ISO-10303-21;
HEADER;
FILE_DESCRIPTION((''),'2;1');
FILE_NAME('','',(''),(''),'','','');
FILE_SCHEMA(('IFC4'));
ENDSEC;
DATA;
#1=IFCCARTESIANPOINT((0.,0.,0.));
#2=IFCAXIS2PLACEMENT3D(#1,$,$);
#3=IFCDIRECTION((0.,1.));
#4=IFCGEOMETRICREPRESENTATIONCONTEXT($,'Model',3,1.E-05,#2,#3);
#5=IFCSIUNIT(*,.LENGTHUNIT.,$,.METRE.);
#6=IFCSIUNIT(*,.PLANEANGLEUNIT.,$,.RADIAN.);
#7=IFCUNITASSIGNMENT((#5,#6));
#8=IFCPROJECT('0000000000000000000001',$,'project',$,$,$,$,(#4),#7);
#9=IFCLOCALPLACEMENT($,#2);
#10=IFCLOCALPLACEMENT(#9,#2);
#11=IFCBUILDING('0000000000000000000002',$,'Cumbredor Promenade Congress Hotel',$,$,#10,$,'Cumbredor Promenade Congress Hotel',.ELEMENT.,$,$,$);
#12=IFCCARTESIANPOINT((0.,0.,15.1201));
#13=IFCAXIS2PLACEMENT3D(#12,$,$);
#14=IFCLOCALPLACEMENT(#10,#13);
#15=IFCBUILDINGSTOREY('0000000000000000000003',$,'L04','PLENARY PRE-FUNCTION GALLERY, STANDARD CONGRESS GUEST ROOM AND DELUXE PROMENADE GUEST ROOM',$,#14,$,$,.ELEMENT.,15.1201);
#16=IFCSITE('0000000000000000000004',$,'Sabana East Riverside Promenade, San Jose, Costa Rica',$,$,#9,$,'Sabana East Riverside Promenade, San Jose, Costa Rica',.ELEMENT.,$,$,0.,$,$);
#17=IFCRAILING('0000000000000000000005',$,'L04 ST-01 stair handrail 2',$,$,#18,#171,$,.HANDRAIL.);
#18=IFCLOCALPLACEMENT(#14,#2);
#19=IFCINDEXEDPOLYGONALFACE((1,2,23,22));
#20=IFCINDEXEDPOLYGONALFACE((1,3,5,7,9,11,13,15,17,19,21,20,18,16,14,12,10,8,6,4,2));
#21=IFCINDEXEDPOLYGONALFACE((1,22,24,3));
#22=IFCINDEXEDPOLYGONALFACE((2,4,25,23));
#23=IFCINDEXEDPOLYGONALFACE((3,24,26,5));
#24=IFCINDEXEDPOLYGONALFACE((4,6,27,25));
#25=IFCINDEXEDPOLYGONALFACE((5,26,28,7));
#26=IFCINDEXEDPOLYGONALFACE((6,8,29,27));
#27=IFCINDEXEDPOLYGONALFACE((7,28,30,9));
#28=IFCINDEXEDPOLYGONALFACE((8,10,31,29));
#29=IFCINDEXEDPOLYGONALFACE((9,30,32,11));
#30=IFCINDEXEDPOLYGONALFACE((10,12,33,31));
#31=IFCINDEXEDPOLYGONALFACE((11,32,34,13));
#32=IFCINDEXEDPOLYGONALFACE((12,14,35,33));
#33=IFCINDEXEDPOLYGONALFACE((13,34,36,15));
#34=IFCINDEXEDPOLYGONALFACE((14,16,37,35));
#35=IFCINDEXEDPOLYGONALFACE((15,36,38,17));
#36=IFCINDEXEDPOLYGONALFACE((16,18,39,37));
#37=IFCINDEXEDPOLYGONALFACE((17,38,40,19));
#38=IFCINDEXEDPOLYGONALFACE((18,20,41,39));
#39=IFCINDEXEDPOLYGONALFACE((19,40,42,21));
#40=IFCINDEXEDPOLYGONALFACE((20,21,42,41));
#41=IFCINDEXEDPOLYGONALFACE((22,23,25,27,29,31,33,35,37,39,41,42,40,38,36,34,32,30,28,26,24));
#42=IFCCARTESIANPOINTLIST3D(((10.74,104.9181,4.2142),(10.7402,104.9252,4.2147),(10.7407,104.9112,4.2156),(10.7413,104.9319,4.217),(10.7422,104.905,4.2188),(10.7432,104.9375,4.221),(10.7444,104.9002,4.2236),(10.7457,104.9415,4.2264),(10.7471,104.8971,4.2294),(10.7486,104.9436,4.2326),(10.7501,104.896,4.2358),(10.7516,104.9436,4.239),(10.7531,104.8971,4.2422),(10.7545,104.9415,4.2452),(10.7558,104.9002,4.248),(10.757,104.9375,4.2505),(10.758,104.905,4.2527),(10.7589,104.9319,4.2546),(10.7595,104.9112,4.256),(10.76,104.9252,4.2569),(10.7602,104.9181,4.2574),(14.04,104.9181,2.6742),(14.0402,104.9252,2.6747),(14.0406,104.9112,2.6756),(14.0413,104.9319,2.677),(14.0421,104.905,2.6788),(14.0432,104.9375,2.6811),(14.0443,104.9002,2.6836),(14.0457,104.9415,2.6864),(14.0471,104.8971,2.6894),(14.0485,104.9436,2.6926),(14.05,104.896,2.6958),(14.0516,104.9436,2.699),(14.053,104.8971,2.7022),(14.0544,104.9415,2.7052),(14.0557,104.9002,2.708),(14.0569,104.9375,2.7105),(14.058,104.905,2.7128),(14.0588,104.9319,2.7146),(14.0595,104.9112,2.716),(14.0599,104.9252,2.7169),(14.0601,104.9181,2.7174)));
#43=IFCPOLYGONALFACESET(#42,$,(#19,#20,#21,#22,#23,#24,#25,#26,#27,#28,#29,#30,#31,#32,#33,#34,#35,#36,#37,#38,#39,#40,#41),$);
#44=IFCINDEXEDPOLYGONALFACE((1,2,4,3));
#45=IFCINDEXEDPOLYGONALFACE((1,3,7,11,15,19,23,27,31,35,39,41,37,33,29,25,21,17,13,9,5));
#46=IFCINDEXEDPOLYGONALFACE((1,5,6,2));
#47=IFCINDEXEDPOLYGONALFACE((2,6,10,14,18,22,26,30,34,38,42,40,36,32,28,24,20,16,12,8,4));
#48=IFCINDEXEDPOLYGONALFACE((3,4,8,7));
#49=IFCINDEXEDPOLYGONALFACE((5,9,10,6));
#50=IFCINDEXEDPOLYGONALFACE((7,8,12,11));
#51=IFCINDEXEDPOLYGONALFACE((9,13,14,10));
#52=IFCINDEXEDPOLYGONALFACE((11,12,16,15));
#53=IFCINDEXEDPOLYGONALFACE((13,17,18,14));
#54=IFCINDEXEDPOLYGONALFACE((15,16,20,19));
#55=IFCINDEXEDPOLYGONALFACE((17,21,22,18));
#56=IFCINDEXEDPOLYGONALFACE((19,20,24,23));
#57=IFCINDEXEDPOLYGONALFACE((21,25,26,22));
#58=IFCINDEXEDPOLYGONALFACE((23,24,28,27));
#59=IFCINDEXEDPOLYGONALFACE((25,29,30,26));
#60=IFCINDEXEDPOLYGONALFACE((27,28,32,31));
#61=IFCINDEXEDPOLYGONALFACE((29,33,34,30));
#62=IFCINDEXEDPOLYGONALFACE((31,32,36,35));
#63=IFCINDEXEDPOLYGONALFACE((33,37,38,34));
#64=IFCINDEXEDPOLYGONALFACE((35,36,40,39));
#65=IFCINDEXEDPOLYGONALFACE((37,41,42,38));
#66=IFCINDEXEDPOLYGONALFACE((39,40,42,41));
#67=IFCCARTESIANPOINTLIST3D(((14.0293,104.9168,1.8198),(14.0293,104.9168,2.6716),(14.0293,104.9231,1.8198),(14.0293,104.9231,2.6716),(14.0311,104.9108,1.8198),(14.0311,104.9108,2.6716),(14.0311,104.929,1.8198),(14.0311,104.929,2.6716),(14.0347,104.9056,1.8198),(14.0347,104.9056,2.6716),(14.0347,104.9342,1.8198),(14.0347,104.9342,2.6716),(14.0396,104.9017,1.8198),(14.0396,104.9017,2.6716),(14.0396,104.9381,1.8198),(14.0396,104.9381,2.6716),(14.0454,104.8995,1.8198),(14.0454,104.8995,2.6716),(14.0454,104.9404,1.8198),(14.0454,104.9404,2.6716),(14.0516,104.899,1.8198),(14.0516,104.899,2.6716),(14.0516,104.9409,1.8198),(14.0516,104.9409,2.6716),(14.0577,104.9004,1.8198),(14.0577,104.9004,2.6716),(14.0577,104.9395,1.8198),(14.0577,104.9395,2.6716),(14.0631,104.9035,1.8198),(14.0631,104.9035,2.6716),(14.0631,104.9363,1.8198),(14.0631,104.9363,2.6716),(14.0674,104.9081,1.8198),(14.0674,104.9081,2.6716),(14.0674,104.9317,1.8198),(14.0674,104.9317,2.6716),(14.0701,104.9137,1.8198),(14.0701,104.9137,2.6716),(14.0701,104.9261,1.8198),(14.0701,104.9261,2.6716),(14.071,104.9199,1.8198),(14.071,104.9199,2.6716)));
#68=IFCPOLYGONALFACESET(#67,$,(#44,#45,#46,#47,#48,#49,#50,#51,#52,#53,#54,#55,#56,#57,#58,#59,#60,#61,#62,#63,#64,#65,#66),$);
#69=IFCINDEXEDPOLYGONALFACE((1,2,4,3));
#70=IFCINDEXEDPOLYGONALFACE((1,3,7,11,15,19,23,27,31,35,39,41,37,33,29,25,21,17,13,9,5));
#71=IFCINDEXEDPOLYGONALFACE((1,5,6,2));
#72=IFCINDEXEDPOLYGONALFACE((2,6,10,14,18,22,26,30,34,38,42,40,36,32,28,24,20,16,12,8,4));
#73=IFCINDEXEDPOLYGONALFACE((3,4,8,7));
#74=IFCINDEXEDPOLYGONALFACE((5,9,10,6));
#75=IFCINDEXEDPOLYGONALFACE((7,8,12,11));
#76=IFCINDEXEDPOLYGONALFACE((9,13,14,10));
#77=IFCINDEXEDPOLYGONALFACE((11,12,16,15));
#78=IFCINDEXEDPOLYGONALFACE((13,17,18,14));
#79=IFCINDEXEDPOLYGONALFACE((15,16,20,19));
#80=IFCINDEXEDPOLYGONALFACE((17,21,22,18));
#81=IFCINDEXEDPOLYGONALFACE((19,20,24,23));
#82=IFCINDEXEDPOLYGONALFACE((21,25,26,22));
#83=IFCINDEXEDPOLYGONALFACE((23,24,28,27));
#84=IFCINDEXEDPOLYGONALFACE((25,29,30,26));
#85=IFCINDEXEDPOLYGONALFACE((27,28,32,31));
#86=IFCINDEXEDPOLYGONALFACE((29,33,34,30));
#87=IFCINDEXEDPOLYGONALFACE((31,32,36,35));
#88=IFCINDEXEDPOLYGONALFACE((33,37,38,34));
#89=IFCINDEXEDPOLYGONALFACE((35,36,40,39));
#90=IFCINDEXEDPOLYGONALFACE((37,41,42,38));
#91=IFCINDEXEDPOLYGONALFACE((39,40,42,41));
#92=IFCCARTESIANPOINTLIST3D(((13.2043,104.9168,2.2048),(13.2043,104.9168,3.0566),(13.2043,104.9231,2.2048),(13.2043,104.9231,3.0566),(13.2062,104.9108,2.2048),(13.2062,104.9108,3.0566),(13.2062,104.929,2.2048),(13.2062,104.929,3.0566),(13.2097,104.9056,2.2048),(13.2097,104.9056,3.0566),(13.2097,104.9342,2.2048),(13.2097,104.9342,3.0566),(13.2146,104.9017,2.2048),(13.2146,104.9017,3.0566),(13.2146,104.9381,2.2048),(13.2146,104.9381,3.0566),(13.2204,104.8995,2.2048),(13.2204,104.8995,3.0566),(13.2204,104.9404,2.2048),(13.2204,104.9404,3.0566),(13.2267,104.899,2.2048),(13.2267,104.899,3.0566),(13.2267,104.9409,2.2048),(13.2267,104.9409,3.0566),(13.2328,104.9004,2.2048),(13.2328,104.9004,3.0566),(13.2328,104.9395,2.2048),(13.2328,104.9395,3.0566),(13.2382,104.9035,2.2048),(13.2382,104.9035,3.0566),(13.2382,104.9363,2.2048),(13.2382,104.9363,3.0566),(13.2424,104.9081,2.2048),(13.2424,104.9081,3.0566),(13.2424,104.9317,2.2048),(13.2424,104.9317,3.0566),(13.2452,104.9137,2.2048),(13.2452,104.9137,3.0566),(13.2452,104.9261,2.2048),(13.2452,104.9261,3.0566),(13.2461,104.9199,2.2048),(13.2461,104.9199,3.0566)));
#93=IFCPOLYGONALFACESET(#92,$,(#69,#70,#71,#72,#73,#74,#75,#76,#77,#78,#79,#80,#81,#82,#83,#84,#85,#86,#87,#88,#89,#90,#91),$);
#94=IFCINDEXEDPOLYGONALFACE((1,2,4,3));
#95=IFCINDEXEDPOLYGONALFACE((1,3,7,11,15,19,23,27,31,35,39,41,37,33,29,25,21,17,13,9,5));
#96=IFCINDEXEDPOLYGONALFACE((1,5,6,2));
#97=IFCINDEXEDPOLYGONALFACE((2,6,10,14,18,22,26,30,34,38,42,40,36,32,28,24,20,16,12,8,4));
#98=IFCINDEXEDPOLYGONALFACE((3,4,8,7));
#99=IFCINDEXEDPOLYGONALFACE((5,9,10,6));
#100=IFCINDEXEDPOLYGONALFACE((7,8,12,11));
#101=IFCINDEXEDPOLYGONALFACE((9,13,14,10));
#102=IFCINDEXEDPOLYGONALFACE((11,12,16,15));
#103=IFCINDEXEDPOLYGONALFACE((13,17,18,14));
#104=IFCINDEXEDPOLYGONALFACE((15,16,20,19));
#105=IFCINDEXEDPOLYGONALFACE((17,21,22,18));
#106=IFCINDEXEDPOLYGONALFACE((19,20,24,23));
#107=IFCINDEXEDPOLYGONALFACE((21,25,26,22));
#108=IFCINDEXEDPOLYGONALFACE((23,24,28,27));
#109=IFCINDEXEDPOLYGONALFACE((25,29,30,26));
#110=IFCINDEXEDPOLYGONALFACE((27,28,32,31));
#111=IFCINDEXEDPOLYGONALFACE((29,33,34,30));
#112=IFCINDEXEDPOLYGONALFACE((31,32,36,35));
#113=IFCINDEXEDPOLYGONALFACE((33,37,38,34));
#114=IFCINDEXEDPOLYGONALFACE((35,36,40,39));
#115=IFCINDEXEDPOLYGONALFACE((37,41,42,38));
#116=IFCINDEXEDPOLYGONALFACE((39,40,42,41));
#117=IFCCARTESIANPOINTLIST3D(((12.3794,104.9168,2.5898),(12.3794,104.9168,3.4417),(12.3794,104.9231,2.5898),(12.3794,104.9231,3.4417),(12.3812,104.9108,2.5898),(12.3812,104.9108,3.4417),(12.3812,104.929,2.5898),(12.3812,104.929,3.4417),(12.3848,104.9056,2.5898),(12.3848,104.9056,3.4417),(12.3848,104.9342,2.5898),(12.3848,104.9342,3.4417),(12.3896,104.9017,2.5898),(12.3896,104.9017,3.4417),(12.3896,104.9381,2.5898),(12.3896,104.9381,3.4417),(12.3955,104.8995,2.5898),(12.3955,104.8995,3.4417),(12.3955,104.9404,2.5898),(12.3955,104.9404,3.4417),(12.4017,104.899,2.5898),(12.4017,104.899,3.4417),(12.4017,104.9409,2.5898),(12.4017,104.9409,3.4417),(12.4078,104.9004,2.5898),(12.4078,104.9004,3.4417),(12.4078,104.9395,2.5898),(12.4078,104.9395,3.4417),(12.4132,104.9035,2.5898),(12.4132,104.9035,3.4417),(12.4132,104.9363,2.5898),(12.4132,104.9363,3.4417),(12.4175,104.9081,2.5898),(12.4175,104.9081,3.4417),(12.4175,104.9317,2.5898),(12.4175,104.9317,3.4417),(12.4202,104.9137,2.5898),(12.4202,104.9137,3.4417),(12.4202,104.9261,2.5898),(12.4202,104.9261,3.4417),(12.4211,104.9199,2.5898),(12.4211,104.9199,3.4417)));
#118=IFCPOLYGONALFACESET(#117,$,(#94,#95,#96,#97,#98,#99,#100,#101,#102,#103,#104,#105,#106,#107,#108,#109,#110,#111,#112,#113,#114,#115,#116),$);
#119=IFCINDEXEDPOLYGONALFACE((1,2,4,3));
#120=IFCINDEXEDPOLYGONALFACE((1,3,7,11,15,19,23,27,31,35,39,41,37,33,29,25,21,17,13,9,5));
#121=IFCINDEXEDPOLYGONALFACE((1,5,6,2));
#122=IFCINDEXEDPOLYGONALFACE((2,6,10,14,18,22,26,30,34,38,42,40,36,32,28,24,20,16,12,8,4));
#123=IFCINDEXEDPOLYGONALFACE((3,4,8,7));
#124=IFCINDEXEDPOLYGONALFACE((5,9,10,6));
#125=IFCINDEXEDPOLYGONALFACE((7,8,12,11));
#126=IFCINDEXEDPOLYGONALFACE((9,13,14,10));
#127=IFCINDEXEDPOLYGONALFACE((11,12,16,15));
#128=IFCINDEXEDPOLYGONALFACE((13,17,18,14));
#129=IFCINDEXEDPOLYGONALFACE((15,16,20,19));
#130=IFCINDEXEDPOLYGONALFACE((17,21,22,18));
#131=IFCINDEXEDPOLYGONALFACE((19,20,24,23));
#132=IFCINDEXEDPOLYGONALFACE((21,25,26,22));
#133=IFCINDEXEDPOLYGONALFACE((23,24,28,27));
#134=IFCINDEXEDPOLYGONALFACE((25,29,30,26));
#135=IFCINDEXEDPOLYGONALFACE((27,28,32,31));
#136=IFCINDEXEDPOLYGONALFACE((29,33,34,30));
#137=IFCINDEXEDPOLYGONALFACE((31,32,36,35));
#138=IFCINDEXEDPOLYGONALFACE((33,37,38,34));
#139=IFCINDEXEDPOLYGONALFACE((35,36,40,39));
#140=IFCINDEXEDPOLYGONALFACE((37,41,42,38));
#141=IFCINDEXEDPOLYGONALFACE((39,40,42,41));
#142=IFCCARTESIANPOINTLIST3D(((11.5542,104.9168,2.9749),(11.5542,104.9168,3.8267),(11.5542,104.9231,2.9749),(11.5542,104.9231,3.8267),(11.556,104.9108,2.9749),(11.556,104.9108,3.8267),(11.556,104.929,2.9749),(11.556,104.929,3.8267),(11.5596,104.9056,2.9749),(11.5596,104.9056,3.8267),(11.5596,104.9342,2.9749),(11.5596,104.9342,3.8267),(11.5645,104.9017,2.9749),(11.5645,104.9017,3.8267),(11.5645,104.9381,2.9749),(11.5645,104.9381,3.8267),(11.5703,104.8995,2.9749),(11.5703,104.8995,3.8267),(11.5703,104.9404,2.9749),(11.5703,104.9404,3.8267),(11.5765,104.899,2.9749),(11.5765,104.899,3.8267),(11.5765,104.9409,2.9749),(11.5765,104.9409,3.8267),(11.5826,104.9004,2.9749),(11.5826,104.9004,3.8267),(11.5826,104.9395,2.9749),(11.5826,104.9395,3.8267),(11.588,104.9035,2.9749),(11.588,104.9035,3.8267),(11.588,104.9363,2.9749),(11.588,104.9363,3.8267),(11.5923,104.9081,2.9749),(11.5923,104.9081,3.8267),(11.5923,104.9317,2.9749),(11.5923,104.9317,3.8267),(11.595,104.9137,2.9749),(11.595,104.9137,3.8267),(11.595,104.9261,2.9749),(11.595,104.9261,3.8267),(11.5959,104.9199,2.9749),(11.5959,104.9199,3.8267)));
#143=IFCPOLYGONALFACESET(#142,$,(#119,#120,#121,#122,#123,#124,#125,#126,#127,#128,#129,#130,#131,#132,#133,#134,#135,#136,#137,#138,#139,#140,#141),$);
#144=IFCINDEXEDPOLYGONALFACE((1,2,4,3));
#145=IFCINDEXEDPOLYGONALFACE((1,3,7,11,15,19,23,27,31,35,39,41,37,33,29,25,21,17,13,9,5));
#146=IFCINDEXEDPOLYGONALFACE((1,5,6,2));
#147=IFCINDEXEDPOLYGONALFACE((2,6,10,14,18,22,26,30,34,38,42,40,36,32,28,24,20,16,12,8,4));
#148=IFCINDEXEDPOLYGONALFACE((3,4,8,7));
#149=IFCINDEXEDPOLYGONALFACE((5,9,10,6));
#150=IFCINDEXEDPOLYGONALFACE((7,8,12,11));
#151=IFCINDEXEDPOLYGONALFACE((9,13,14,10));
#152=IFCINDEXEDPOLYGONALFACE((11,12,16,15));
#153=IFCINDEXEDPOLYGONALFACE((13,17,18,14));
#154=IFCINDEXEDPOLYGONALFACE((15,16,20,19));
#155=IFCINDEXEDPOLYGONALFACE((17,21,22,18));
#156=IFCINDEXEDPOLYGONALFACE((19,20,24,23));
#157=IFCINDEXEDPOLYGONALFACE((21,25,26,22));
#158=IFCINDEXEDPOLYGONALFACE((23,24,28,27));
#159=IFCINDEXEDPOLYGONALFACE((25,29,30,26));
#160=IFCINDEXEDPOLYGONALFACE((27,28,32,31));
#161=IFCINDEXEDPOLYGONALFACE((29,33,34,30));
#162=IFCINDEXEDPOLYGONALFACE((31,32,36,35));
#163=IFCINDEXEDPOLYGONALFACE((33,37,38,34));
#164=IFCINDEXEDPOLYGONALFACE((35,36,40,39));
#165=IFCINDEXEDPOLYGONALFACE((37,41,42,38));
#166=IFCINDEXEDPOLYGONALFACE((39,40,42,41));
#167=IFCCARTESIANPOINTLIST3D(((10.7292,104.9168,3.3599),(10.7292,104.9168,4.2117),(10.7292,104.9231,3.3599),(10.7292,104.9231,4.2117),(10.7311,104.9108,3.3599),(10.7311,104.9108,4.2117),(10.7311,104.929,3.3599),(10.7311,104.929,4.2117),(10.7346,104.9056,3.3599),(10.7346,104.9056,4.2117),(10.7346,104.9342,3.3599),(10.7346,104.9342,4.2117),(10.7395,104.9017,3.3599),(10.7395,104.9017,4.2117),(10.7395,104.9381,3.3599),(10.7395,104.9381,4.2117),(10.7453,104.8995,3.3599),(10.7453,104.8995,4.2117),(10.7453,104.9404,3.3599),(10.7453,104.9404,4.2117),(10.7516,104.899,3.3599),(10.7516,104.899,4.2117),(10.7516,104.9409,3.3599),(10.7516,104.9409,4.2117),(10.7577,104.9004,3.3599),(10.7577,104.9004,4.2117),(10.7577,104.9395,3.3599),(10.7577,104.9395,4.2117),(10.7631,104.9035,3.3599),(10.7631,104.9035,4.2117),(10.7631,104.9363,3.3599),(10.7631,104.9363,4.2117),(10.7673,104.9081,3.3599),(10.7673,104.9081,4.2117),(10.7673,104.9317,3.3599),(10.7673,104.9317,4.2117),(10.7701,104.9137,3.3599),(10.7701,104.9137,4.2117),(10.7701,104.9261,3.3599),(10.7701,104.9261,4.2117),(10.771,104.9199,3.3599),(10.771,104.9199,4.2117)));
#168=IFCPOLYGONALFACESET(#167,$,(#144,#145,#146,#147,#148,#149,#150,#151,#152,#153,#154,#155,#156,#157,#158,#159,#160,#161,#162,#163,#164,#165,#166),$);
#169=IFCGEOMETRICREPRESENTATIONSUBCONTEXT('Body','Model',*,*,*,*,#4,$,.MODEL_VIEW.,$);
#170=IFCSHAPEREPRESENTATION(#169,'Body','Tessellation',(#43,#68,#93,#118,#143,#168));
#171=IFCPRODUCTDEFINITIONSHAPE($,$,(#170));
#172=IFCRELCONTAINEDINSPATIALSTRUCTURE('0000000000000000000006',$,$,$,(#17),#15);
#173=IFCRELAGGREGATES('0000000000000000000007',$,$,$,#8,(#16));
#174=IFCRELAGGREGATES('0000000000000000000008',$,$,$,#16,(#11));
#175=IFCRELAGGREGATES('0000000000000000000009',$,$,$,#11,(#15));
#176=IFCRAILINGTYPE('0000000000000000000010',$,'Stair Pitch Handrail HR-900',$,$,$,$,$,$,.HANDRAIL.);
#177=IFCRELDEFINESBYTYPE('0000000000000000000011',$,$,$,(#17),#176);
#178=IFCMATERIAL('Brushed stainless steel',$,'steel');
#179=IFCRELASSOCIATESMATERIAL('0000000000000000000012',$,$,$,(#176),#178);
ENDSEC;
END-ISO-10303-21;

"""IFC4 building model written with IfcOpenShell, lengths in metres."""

from ifc_helpers import new_model, si_unit, direction, frame, origin, origin_2d, place, context, subcontext, project, spatial, circle, extrude, material, type_object, element, save


model = new_model("IFC4")

# Units and contexts
model_context = context("Model", 3, precision=1e-05, world=origin(), true_north=direction((0.0, 1.0)))
body_context = subcontext(model_context, "Body", "Model", "MODEL_VIEW")
ifc_project = project(units=[si_unit("LENGTHUNIT", "METRE"), si_unit("PLANEANGLEUNIT", "RADIAN")], contexts=[model_context])

# Site, building, storey
site_placement = place(None, origin())
site = spatial("IfcSite", under=ifc_project, at=site_placement, Name="Sabana East Riverside Promenade, San Jose, Costa Rica", LongName="Sabana East Riverside Promenade, San Jose, Costa Rica", CompositionType="ELEMENT", RefElevation=0.0)
building_placement = place(site_placement, origin())
building = spatial("IfcBuilding", under=site, at=building_placement, Name="Cumbredor Promenade Congress Hotel", LongName="Cumbredor Promenade Congress Hotel", CompositionType="ELEMENT")
storey_placement = place(building_placement, frame((0.0, 0.0, 15.1201)))
storey = spatial("IfcBuildingStorey", under=building, at=storey_placement, Name="L04", Description="PLENARY PRE-FUNCTION GALLERY, STANDARD CONGRESS GUEST ROOM AND DELUXE PROMENADE GUEST ROOM", CompositionType="ELEMENT", Elevation=15.1201)

# Railing
ifc_material_1 = material(Name="Brushed stainless steel", Category="steel")
railing_type_1 = type_object("IfcRailingType", Name="Stair Pitch Handrail HR-900", PredefinedType="HANDRAIL", material=ifc_material_1)
railing_1_placement = place(storey_placement, frame((14.05, 104.9199, 1.8198)))
element("IfcRailing", 1, at=railing_1_placement, inside=storey, type_object=railing_type_1, Name="L04 ST-01 stair handrail 2", PredefinedType="HANDRAIL", context=body_context, shape_type="SweptSolid", body=[
    extrude(circle(Radius=0.0239, at=origin_2d()), frame((0.0, 0.0, 0.876), z_axis=(-0.906181, 0.0, 0.422889), x_axis=(0.0, -1.0, 0.0)), (0.0, 0.0, 1.0), 3.6416),
    extrude(circle(Radius=0.021, at=origin_2d()), origin(), (0.0, 0.0, 1.0), 0.8518),
    extrude(circle(Radius=0.021, at=origin_2d()), frame((-0.825, 0.0, 0.385)), (0.0, 0.0, 1.0), 0.8518),
    extrude(circle(Radius=0.021, at=origin_2d()), frame((-1.6499, 0.0, 0.77)), (0.0, 0.0, 1.0), 0.8518),
    extrude(circle(Radius=0.021, at=origin_2d()), frame((-2.4751, 0.0, 1.155)), (0.0, 0.0, 1.0), 0.8518),
    extrude(circle(Radius=0.021, at=origin_2d()), frame((-3.3, 0.0, 1.54)), (0.0, 0.0, 1.0), 0.8518),
])

save(model, "model.ifc")
